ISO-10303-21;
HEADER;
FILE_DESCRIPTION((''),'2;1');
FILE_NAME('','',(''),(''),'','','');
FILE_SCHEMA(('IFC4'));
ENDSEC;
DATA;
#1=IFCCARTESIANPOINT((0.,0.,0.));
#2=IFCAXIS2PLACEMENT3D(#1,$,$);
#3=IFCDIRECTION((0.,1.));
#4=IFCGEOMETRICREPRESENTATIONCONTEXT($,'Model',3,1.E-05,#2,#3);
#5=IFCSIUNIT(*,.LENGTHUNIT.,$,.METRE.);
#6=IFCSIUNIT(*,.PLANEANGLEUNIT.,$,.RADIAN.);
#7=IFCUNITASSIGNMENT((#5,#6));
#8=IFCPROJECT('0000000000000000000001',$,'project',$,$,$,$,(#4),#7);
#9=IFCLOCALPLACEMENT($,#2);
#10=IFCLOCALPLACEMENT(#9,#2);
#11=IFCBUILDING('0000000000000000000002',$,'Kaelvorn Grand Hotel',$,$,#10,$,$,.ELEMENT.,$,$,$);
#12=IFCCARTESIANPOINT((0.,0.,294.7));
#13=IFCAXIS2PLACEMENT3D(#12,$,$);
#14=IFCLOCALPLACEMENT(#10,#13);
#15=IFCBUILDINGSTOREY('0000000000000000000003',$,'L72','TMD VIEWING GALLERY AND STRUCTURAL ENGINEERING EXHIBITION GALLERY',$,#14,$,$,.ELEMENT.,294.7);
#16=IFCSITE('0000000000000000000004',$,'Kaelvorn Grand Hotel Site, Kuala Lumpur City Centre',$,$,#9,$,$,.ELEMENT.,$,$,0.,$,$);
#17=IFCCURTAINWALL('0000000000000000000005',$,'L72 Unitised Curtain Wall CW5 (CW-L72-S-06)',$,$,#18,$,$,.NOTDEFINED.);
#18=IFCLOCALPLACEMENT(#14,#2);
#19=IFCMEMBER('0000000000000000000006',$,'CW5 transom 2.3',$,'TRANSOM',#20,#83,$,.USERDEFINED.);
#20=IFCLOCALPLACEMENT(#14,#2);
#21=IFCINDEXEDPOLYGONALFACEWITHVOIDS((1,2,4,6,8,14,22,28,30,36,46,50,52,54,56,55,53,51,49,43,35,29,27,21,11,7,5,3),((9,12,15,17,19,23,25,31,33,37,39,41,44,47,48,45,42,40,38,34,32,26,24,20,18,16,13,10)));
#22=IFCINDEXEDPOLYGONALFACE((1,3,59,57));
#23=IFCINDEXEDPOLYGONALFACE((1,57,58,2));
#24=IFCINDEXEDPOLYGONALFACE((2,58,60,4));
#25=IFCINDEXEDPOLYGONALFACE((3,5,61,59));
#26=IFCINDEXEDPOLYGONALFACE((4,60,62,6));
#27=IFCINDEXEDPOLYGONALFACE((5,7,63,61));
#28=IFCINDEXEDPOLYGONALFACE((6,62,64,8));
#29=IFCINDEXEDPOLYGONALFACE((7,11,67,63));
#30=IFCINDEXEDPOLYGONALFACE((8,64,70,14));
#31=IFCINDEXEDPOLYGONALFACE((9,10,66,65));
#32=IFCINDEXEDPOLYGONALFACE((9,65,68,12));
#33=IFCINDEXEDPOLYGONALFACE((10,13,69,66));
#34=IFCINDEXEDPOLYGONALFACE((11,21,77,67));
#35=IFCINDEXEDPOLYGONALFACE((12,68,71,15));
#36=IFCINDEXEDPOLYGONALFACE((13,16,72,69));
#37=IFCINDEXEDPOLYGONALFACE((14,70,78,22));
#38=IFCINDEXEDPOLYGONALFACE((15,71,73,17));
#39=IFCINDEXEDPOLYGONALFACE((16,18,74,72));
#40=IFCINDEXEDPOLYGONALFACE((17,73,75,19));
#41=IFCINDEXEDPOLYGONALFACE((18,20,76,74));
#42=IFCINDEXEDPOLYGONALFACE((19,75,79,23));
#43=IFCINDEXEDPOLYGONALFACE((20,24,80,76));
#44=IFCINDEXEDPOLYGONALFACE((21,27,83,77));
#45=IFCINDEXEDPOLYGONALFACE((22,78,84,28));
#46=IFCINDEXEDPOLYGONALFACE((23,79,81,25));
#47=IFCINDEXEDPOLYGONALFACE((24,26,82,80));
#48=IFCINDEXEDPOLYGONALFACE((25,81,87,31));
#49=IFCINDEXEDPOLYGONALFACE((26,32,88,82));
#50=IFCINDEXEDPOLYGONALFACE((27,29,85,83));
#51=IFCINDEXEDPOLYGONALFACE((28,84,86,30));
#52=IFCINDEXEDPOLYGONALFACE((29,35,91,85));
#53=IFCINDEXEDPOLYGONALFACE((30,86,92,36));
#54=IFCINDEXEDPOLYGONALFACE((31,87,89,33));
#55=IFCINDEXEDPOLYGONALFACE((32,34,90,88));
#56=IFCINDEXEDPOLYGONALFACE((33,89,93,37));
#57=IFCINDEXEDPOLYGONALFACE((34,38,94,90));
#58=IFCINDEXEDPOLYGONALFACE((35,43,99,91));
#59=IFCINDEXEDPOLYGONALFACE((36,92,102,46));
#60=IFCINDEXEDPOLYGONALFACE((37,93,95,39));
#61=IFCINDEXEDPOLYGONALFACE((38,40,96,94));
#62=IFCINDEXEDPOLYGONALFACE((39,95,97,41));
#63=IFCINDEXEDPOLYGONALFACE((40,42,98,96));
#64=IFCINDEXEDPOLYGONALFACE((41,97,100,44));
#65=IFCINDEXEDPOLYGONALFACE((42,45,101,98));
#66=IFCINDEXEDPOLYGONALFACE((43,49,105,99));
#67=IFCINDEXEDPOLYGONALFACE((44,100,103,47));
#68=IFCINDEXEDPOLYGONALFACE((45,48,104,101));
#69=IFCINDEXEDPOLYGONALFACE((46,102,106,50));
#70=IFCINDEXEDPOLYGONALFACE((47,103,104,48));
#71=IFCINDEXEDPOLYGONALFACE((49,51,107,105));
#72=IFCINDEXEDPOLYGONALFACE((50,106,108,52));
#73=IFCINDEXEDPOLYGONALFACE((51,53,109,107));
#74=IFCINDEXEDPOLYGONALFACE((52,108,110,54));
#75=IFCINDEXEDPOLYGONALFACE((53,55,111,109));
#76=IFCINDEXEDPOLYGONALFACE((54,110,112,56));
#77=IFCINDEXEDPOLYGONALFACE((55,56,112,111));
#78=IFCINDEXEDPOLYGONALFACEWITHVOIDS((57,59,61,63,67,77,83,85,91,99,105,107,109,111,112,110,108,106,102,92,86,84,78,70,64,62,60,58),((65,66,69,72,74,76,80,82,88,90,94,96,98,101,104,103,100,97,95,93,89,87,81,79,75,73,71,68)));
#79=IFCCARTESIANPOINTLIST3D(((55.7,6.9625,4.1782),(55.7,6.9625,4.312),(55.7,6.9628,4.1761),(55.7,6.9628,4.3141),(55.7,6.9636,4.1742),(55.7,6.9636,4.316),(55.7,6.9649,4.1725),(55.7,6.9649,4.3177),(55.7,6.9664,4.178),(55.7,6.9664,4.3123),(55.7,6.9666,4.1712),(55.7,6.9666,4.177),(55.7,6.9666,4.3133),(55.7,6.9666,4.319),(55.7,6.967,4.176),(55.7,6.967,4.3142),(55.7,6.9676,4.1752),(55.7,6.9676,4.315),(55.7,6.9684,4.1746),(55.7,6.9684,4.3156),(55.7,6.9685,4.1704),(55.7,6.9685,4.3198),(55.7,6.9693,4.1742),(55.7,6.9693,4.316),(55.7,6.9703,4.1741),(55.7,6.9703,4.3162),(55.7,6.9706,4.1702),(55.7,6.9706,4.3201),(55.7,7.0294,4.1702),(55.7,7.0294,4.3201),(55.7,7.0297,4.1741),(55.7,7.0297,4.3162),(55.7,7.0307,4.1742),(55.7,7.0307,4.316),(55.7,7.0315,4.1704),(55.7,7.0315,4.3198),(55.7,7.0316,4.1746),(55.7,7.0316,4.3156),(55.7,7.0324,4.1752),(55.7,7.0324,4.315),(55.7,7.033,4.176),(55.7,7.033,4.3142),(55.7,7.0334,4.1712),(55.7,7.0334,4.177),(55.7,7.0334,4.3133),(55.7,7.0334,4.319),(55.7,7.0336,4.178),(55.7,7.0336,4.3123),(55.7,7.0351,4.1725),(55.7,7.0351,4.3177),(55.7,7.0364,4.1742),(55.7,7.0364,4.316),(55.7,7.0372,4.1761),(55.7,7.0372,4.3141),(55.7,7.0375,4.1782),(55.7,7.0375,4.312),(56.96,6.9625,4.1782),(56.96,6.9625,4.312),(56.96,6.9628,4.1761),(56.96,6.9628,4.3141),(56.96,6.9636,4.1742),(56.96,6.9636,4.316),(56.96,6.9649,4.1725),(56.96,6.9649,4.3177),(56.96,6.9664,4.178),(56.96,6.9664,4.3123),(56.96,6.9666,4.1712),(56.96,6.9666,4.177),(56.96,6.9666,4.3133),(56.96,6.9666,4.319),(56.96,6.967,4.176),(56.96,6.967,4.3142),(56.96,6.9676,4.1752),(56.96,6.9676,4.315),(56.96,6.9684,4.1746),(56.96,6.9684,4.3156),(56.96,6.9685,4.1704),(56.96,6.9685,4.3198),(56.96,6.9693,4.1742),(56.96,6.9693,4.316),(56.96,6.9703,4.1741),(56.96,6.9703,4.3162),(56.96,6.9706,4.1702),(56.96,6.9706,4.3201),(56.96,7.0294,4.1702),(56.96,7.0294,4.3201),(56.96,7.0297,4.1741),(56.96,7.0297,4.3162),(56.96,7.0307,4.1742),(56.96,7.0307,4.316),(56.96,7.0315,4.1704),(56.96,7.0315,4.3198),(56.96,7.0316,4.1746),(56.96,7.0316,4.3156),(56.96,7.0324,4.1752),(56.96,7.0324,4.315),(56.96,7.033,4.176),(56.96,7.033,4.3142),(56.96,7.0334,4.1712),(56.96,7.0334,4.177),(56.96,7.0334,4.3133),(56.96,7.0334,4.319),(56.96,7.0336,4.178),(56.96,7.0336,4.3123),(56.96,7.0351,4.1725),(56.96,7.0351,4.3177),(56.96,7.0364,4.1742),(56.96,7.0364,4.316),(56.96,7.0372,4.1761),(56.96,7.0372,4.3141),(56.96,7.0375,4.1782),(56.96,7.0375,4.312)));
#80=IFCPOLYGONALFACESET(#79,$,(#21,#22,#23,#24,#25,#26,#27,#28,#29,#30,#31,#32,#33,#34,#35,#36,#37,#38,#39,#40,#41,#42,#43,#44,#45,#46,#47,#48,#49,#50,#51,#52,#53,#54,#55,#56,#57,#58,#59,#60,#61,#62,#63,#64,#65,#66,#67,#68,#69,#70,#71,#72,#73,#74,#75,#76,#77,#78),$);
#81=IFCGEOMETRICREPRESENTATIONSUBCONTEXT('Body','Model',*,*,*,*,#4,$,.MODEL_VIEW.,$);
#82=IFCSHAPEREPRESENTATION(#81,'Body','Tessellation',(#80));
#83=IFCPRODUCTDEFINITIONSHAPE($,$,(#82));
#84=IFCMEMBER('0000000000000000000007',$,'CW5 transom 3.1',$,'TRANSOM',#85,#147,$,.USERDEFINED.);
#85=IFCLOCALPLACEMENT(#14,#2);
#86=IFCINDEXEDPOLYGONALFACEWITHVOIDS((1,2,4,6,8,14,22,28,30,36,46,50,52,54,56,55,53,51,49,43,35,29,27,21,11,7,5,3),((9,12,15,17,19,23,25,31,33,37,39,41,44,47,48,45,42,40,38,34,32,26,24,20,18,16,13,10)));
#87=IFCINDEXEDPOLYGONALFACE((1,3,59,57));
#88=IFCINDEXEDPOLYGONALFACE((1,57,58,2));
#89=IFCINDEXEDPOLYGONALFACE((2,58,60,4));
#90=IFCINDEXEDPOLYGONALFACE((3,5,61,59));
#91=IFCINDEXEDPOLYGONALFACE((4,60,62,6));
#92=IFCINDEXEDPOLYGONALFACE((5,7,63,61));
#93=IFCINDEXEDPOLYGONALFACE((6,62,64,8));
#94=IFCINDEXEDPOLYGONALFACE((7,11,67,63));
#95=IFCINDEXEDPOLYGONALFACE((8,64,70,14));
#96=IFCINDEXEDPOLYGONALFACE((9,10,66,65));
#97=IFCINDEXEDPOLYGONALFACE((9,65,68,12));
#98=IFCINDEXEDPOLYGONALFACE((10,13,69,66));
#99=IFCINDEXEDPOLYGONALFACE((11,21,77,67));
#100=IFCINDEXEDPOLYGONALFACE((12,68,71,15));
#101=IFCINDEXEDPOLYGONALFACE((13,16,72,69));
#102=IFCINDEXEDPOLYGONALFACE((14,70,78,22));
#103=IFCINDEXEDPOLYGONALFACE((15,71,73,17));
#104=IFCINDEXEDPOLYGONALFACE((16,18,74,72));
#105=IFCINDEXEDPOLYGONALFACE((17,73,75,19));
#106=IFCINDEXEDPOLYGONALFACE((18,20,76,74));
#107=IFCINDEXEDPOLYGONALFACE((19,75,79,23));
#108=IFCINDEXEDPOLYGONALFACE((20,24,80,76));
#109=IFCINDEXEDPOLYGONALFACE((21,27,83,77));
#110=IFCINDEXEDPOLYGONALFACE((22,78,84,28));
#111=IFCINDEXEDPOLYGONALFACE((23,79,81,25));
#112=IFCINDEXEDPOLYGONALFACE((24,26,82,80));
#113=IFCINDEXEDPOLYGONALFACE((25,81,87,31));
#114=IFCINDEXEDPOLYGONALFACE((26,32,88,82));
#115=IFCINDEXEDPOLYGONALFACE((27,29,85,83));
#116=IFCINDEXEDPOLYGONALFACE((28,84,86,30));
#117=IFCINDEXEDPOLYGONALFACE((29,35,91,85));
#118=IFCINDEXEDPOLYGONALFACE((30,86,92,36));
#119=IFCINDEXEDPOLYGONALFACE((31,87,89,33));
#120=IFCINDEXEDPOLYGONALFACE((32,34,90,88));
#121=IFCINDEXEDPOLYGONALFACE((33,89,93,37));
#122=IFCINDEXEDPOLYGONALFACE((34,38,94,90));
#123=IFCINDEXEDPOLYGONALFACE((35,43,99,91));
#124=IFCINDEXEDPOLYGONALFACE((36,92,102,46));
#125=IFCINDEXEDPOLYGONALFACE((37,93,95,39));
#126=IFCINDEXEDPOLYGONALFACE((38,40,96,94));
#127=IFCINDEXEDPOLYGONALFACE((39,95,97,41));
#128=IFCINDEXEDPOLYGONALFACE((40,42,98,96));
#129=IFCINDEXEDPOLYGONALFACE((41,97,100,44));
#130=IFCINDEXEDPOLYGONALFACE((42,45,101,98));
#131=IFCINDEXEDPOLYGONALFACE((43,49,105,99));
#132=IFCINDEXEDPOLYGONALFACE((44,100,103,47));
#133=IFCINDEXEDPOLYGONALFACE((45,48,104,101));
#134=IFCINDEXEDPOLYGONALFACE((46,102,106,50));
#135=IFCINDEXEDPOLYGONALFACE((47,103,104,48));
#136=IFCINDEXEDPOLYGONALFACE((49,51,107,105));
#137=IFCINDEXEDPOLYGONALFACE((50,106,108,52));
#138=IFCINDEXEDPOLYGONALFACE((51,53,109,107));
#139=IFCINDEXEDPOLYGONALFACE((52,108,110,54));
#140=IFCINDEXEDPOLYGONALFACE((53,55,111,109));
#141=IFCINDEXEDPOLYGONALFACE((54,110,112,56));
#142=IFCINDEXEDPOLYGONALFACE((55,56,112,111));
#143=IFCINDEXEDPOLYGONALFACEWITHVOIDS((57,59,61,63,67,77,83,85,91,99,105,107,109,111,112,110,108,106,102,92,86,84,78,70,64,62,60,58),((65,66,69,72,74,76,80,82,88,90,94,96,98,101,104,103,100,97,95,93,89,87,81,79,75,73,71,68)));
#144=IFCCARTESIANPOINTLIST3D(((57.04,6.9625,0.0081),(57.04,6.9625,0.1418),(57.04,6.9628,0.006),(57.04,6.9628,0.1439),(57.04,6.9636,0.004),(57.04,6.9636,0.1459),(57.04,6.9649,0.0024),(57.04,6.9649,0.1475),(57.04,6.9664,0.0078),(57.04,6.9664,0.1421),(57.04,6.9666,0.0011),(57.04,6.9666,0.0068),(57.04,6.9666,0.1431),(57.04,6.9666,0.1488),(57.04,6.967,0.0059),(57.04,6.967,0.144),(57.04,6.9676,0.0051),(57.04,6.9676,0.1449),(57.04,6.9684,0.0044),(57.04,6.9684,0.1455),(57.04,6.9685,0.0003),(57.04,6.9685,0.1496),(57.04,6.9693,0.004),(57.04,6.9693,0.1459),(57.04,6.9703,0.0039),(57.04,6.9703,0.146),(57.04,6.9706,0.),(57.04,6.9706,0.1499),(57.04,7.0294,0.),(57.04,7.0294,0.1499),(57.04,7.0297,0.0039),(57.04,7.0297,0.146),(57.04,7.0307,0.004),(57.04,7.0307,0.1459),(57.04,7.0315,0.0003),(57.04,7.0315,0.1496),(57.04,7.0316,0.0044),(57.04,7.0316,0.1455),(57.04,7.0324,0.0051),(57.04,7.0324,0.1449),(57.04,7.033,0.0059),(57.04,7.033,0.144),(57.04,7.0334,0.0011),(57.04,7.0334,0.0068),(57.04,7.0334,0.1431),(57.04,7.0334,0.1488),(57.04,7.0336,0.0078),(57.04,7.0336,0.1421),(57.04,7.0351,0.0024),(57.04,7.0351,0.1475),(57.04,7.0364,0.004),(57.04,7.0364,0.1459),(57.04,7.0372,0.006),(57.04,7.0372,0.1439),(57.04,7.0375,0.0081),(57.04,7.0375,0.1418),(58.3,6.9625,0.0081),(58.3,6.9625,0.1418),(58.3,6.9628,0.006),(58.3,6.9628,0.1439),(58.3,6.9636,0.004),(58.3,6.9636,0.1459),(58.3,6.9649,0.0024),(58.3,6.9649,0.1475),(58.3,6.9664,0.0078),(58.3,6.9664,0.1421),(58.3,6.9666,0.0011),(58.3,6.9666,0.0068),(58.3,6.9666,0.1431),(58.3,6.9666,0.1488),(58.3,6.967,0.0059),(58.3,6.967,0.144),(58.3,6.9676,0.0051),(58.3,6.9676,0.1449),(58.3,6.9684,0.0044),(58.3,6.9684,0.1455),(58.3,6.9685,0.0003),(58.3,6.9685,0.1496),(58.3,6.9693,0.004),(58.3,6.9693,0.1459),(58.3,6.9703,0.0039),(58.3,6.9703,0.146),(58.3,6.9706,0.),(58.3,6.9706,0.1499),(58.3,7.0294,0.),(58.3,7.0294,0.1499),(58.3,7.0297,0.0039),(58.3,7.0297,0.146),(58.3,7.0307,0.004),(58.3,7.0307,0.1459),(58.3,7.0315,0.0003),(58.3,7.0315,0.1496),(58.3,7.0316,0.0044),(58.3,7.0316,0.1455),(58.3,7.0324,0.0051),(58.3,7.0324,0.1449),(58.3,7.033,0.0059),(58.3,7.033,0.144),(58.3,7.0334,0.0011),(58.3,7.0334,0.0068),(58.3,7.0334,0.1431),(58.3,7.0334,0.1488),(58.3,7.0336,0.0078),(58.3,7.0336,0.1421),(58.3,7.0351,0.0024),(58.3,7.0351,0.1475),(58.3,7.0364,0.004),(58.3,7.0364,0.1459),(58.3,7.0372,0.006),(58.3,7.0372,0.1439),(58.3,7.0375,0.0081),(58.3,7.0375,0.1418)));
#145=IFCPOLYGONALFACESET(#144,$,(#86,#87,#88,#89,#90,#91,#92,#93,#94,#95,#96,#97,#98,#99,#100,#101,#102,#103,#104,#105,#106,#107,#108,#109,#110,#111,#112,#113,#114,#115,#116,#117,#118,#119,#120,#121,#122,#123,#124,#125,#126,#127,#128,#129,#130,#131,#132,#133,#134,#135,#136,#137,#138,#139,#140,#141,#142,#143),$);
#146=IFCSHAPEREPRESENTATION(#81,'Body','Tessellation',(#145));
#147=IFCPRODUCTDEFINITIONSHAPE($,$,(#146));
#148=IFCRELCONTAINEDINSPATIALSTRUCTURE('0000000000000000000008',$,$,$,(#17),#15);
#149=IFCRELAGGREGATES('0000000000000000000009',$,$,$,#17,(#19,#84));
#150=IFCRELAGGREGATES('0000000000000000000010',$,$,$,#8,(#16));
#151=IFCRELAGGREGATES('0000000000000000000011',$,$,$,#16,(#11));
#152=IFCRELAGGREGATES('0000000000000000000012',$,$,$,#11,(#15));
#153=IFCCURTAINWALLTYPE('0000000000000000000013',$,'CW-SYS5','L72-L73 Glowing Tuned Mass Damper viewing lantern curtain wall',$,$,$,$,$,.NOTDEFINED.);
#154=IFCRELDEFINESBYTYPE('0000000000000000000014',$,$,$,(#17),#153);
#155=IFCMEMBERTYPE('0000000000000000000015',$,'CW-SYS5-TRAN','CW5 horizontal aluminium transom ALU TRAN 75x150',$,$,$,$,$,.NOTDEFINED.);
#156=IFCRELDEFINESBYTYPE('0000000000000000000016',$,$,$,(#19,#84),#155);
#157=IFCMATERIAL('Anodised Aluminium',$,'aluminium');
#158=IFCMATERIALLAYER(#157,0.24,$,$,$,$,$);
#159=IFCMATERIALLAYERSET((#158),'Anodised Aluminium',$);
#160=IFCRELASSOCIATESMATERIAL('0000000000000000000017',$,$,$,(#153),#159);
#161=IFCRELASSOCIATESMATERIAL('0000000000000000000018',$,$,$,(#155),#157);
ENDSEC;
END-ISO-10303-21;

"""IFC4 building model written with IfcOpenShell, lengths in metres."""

from ifc_helpers import new_model, si_unit, direction, frame, origin, origin_2d, place, context, subcontext, project, spatial, hollow_rectangle, extrude, material, layer, layer_set, material_profile, profile_set, type_object, element, aggregate, save


model = new_model("IFC4")

# Units and contexts
model_context = context("Model", 3, precision=1e-05, world=origin(), true_north=direction((0.0, 1.0)))
body_context = subcontext(model_context, "Body", "Model", "MODEL_VIEW")
ifc_project = project(units=[si_unit("LENGTHUNIT", "METRE"), si_unit("PLANEANGLEUNIT", "RADIAN")], contexts=[model_context])

# Site, building, storey
site_placement = place(None, origin())
site = spatial("IfcSite", under=ifc_project, at=site_placement, Name="Kaelvorn Grand Hotel Site, Kuala Lumpur City Centre", CompositionType="ELEMENT", RefElevation=0.0)
building_placement = place(site_placement, origin())
building = spatial("IfcBuilding", under=site, at=building_placement, Name="Kaelvorn Grand Hotel", CompositionType="ELEMENT")
storey_placement = place(building_placement, frame((0.0, 0.0, 294.7)))
storey = spatial("IfcBuildingStorey", under=building, at=storey_placement, Name="L72", Description="TMD VIEWING GALLERY AND STRUCTURAL ENGINEERING EXHIBITION GALLERY", CompositionType="ELEMENT", Elevation=294.7)

# Curtain wall, members
ifc_material_1 = material(Name="Anodised Aluminium", Category="aluminium")
ifc_layer_1 = layer(ifc_material_1, 0.24)
ifc_layer_set_1 = layer_set([ifc_layer_1], Name="Anodised Aluminium")
curtain_wall_type = type_object("IfcCurtainWallType", Name="CW-SYS5", Description="L72-L73 Glowing Tuned Mass Damper viewing lantern curtain wall", PredefinedType="NOTDEFINED", material=ifc_layer_set_1)
curtain_wall_placement = place(storey_placement, origin())
curtain_wall = element("IfcCurtainWall", 1, at=curtain_wall_placement, inside=storey, type_object=curtain_wall_type, Name="L72 Unitised Curtain Wall CW5 (CW-L72-S-06)", PredefinedType="NOTDEFINED")
ifc_material_profile_1 = material_profile(ifc_material_1, hollow_rectangle(XDim=0.075, YDim=0.1499, WallThickness=0.0039, InnerFilletRadius=0.0039, OuterFilletRadius=0.0081, at=origin_2d()), Name="ALU TRAN 75x150")
ifc_profile_set_1 = profile_set([ifc_material_profile_1], Name="Anodised Aluminium")
member_type_1 = type_object("IfcMemberType", Name="CW-SYS5-TRAN", Description="CW5 horizontal aluminium transom ALU TRAN 75x150", PredefinedType="NOTDEFINED", material=ifc_profile_set_1)
member_1_placement = place(storey_placement, frame((55.7, 7.0, 4.2451), z_axis=(1.0, 0.0, 0.0), x_axis=(0.0, 1.0, 0.0)))
member_1 = element("IfcMember", 2, at=member_1_placement, type_object=member_type_1, Name="CW5 transom 2.3", ObjectType="TRANSOM", PredefinedType="USERDEFINED", context=body_context, shape_type="SweptSolid", body=[
    extrude(hollow_rectangle(XDim=0.075, YDim=0.1499, WallThickness=0.0039, InnerFilletRadius=0.0039, OuterFilletRadius=0.0081, at=origin_2d()), origin(), (0.0, 0.0, 1.0), 1.26),
])
member_2_placement = place(storey_placement, frame((57.04, 7.0, 0.075), z_axis=(1.0, 0.0, 0.0), x_axis=(0.0, 1.0, 0.0)))
member_2 = element("IfcMember", 3, at=member_2_placement, type_object=member_type_1, Name="CW5 transom 3.1", ObjectType="TRANSOM", PredefinedType="USERDEFINED", context=body_context, shape_type="SweptSolid", body=[
    extrude(hollow_rectangle(XDim=0.075, YDim=0.1499, WallThickness=0.0039, InnerFilletRadius=0.0039, OuterFilletRadius=0.0081, at=origin_2d()), origin(), (0.0, 0.0, 1.0), 1.26),
])
aggregate(curtain_wall, [member_1, member_2])

save(model, "model.ifc")
